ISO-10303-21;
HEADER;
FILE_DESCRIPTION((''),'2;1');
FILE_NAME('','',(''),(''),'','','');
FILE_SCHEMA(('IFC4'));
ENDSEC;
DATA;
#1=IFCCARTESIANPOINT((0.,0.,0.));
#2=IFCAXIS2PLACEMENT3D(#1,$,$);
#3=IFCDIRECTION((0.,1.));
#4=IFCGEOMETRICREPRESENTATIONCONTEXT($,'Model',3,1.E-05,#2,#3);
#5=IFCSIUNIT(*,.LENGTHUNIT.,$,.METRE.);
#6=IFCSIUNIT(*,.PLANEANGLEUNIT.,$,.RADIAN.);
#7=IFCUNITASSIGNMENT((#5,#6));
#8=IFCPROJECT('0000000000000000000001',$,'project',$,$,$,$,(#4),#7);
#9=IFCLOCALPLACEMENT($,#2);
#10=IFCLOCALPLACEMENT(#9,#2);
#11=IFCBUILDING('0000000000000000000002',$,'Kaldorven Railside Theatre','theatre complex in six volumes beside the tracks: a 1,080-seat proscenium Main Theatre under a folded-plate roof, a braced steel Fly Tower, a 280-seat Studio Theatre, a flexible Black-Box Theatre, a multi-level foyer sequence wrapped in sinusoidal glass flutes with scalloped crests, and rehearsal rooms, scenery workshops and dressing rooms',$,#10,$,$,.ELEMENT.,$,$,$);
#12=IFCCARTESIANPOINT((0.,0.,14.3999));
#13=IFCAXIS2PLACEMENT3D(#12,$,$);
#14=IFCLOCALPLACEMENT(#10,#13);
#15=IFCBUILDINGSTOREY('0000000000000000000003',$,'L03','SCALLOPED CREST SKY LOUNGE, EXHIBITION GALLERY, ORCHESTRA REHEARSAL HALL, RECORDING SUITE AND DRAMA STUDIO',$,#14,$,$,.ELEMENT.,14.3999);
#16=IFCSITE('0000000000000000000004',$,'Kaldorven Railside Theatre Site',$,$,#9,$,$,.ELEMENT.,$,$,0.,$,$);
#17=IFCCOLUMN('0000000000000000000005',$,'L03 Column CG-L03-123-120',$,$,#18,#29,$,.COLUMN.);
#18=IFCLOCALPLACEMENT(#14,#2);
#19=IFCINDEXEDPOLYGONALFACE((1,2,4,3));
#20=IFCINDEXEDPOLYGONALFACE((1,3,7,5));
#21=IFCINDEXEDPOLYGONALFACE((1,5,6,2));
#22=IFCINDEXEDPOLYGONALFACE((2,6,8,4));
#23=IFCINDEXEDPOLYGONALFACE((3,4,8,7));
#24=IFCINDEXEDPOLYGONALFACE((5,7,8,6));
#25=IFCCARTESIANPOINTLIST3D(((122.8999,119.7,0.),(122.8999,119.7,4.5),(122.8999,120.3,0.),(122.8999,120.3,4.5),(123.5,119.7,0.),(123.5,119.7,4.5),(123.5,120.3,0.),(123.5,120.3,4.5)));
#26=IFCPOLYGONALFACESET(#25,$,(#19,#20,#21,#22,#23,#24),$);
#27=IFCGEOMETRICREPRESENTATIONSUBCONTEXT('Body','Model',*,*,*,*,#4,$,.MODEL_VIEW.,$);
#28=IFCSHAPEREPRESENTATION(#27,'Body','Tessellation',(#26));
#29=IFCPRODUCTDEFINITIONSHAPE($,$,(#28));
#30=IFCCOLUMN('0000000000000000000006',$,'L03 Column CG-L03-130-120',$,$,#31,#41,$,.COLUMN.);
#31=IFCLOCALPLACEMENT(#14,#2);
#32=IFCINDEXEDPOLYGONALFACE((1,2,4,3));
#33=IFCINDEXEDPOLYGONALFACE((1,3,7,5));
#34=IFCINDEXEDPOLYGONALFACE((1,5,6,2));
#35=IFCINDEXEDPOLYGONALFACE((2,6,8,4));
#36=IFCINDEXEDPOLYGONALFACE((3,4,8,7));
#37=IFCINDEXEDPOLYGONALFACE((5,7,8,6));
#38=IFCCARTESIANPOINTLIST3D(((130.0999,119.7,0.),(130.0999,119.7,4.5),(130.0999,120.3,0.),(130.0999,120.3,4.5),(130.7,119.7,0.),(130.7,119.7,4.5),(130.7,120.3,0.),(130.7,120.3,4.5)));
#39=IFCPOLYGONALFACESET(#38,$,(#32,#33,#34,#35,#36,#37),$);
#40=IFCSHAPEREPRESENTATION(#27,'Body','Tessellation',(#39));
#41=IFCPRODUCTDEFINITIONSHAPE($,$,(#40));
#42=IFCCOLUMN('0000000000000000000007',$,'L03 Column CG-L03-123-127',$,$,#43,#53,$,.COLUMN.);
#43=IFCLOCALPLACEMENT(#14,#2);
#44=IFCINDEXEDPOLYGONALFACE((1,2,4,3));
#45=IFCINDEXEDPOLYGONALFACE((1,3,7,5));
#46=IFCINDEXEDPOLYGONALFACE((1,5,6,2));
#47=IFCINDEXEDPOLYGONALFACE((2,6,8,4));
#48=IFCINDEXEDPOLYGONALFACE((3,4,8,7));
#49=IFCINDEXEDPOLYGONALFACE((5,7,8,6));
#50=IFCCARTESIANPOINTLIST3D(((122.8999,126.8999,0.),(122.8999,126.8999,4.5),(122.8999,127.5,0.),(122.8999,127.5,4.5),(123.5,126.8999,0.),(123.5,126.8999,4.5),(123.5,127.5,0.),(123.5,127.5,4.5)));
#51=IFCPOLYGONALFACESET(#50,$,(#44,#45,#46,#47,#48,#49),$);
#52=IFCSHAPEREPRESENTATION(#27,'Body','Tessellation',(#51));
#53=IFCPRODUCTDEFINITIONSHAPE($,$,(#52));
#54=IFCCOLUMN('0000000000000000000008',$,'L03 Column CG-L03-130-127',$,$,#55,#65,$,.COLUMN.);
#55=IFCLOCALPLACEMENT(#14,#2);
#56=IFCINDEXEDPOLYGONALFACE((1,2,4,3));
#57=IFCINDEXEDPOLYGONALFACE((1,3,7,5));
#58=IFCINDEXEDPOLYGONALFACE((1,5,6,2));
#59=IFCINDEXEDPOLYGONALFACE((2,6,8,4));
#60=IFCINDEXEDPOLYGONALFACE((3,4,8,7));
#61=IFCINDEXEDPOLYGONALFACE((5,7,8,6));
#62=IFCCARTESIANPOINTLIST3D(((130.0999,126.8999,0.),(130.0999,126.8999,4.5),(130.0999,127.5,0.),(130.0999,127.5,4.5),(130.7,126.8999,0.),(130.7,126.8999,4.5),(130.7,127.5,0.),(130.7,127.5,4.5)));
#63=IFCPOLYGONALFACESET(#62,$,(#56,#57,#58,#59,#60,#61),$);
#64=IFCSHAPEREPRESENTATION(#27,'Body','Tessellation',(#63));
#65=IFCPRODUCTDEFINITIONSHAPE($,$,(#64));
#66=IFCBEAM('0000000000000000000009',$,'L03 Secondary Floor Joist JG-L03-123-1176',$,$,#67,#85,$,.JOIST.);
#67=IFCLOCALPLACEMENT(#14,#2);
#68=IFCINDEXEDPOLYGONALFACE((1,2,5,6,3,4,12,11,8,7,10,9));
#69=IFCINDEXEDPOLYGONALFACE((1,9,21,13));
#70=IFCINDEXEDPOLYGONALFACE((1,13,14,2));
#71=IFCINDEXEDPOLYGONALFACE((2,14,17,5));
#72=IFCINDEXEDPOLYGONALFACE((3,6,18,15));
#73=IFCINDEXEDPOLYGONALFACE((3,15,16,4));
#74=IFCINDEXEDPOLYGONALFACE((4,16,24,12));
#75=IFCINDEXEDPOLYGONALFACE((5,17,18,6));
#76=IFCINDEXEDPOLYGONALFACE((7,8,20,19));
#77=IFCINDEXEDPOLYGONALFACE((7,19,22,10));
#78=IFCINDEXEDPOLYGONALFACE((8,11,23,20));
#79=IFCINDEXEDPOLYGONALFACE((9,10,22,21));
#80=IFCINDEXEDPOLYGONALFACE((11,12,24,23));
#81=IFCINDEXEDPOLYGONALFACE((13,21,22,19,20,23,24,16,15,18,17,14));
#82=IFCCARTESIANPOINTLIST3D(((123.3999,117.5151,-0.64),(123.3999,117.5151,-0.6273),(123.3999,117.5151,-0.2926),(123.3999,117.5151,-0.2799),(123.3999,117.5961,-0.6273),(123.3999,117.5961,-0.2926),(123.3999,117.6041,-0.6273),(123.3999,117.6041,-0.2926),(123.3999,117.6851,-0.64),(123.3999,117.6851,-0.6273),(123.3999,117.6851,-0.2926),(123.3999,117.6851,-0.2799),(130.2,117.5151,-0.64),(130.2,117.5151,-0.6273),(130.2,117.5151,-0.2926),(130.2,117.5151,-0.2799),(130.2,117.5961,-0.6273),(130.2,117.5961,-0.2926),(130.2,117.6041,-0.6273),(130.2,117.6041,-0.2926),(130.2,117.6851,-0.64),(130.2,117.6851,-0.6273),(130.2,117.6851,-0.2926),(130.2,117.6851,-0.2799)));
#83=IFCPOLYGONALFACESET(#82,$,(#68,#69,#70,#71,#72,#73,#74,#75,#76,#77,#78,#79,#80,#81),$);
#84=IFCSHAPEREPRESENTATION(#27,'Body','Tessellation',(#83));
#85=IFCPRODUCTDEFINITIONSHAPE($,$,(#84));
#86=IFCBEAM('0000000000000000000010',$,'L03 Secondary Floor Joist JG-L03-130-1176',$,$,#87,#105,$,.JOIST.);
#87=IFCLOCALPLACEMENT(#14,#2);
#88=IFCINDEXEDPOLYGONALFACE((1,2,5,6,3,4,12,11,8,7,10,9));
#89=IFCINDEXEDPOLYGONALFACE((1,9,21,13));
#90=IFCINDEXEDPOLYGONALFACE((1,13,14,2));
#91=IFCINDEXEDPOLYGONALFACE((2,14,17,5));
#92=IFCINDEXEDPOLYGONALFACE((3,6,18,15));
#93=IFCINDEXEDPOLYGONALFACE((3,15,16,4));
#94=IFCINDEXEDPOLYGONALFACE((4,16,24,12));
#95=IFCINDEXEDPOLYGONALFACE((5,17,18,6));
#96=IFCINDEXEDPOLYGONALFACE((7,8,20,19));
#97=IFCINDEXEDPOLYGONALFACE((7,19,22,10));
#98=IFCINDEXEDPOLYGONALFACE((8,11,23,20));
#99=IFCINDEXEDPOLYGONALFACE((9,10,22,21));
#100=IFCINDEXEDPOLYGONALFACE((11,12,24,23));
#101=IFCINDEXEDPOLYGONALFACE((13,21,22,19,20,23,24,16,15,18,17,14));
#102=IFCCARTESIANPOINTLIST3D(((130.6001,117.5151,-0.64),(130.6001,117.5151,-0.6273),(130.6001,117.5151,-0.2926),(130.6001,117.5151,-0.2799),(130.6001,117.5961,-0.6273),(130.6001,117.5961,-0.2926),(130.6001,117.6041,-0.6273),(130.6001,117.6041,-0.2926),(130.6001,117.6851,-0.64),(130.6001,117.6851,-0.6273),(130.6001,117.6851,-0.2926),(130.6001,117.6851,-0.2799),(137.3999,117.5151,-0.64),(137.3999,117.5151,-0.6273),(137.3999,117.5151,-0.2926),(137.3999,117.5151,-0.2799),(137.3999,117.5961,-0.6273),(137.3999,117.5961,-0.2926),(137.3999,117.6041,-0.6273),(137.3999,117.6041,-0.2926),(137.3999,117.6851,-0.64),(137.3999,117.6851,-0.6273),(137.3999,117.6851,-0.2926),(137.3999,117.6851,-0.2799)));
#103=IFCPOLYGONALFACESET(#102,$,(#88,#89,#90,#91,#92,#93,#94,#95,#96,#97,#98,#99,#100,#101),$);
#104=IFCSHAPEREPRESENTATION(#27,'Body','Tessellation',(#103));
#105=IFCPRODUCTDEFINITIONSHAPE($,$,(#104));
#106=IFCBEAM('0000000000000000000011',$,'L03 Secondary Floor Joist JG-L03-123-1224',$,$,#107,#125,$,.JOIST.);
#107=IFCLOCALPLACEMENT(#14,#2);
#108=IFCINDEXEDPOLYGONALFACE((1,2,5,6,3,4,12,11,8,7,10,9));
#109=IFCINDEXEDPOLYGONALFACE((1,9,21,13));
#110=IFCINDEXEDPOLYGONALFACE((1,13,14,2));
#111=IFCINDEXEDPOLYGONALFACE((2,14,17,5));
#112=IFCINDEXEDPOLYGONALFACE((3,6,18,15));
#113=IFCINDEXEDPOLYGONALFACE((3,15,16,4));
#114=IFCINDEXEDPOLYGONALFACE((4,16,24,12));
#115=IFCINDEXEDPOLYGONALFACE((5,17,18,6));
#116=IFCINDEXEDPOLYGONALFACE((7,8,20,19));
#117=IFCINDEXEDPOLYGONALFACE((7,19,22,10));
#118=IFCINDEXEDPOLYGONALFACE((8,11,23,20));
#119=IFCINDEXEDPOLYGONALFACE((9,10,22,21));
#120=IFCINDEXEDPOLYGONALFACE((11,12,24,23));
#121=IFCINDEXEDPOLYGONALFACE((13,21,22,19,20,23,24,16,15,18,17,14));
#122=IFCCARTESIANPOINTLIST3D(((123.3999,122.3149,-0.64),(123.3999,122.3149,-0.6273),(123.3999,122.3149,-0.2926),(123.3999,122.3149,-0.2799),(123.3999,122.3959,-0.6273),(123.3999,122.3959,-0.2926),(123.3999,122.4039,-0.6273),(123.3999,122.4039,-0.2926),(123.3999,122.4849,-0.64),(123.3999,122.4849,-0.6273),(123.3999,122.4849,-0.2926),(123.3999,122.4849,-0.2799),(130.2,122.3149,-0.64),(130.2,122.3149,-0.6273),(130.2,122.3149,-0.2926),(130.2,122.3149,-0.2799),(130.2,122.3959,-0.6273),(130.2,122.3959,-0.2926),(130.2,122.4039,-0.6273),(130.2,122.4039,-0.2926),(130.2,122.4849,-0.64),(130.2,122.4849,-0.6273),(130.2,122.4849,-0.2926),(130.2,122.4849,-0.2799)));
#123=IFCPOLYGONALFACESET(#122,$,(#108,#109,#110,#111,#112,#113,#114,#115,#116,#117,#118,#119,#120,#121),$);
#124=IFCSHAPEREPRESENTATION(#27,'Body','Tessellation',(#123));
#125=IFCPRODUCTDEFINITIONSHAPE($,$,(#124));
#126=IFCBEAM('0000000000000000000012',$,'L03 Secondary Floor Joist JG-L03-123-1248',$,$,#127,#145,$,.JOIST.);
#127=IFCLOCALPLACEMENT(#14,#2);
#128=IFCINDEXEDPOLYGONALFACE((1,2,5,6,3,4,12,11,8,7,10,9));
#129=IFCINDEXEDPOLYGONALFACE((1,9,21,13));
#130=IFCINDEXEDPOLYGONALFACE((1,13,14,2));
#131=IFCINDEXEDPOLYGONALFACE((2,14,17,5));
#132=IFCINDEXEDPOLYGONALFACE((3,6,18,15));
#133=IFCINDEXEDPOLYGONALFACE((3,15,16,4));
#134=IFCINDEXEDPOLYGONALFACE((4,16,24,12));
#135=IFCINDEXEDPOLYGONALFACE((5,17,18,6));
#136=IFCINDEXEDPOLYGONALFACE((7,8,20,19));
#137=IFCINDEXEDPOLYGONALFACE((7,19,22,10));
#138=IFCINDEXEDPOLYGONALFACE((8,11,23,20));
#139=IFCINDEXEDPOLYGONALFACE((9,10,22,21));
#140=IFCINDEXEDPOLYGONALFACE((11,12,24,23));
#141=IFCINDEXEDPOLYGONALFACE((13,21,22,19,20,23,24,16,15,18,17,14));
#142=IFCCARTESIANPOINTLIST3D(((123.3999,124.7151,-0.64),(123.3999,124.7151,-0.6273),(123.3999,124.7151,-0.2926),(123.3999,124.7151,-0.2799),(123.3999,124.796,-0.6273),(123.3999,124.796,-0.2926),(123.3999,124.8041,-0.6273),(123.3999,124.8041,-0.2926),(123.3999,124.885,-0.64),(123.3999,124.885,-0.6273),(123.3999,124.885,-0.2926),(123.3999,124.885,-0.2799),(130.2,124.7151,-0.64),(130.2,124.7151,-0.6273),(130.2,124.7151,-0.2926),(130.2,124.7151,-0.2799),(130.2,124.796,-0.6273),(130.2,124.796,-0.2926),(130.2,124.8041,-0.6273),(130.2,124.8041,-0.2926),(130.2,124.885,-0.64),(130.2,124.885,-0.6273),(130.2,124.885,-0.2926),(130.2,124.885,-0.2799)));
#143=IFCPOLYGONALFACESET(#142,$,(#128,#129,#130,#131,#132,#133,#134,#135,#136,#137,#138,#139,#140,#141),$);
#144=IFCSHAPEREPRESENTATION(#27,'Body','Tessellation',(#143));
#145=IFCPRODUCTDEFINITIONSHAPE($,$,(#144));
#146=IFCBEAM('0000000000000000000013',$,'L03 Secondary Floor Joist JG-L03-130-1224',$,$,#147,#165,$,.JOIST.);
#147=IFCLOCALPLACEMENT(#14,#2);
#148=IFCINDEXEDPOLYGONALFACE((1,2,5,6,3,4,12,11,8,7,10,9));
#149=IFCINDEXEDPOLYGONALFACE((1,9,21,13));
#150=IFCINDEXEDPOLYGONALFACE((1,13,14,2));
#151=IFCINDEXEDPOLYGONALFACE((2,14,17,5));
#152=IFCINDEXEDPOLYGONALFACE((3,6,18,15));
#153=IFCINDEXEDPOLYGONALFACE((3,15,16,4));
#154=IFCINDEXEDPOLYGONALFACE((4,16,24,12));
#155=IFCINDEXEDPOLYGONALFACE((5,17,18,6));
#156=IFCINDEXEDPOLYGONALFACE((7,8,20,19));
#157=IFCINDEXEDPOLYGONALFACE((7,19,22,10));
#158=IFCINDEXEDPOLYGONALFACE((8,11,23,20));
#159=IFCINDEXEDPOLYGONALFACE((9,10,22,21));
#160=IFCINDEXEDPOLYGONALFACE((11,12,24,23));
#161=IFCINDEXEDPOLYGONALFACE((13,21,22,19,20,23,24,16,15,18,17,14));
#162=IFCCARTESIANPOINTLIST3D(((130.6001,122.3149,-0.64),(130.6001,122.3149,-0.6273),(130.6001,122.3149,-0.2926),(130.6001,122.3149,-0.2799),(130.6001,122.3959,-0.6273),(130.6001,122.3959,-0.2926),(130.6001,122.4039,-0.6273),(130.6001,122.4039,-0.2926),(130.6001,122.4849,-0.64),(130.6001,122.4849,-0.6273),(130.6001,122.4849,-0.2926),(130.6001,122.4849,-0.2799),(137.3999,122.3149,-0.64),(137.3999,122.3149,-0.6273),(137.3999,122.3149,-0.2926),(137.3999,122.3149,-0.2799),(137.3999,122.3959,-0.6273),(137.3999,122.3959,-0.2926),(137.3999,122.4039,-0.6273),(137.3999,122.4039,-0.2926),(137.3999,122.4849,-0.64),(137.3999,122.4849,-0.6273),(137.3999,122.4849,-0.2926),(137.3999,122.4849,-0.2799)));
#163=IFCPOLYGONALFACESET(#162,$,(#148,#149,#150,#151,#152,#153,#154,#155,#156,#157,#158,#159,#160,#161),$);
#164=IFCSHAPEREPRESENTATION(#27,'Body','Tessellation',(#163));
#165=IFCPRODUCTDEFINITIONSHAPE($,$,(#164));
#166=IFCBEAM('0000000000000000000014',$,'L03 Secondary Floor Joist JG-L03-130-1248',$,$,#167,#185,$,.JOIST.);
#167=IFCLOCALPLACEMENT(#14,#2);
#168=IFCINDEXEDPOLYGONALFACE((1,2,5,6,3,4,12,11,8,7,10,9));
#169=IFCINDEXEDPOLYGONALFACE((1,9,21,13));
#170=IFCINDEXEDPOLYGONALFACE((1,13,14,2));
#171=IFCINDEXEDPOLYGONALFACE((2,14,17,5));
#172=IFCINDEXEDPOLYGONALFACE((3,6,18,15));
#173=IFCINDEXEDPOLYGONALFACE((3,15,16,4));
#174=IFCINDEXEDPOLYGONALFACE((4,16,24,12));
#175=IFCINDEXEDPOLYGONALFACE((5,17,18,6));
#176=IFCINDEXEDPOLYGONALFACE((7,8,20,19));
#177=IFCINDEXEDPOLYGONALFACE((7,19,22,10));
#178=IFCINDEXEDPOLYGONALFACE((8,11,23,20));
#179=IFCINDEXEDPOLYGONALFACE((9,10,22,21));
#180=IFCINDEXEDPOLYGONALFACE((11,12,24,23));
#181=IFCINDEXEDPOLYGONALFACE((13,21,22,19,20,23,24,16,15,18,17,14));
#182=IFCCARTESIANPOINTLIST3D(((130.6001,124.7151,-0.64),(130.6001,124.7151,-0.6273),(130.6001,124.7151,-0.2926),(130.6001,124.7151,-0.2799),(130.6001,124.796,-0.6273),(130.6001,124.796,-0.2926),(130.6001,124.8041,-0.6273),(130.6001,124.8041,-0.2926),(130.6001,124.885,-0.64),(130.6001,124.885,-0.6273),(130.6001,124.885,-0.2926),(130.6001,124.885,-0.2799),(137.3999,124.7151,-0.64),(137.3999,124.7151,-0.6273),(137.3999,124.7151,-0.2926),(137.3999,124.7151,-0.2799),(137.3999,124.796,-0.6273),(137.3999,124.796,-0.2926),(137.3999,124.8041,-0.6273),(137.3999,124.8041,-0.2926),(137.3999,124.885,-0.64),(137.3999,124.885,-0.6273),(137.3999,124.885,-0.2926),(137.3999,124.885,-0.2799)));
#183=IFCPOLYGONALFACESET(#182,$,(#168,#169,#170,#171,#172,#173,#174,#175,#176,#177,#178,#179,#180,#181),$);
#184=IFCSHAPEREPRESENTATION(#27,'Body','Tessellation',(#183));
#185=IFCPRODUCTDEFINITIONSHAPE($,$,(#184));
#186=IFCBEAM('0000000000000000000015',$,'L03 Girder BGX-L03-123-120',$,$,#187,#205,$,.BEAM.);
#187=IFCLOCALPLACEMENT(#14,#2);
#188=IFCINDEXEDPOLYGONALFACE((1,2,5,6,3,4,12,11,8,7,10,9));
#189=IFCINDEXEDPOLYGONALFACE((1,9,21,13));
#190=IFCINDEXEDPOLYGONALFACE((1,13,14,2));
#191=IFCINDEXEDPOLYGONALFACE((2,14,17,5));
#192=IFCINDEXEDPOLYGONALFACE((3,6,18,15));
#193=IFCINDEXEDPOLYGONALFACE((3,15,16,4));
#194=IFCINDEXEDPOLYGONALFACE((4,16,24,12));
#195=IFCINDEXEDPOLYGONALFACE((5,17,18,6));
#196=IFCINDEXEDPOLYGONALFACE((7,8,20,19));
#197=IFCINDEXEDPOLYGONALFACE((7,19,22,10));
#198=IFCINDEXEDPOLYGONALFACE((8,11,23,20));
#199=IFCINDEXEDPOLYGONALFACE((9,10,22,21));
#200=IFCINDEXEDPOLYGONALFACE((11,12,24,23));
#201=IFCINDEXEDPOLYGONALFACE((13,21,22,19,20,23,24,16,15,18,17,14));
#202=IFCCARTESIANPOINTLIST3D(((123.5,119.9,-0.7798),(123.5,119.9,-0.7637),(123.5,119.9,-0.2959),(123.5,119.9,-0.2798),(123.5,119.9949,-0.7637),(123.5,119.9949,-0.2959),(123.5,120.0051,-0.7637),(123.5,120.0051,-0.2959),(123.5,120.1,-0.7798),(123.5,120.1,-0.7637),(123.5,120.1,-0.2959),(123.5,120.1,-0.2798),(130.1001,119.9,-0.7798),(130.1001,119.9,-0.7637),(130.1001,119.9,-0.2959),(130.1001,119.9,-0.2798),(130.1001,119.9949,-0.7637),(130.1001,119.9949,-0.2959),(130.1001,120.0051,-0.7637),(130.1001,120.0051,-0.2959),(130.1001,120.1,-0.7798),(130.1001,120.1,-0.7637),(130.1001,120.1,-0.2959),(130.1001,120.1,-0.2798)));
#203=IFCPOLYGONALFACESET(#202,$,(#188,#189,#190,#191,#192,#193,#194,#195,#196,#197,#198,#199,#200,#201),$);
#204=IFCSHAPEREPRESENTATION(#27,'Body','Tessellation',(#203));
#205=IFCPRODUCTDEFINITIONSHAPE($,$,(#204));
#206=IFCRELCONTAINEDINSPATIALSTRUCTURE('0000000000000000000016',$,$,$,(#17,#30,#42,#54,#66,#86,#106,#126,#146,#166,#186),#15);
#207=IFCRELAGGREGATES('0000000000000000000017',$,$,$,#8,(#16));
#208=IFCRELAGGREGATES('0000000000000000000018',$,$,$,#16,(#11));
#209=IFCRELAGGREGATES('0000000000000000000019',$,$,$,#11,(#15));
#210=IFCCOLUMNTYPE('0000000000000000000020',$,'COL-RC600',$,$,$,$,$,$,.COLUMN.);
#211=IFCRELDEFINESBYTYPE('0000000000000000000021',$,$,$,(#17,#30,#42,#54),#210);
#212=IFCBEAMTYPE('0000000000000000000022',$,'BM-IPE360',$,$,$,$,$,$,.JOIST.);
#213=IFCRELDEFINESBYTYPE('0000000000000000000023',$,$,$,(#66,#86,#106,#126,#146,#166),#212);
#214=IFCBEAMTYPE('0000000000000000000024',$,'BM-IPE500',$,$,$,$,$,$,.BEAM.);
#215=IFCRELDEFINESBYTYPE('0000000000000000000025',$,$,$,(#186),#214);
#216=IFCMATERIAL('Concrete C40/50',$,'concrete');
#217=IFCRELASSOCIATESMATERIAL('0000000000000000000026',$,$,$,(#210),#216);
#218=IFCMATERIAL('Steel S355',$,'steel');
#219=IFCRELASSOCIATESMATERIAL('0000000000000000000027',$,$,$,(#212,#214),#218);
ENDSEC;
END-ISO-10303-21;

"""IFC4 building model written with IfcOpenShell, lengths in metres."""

from ifc_helpers import new_model, si_unit, direction, frame, origin, origin_2d, place, context, subcontext, project, spatial, rectangle, i_section, extrude, material, material_profile, profile_set, type_object, element, save


model = new_model("IFC4")

# Units and contexts
model_context = context("Model", 3, precision=1e-05, world=origin(), true_north=direction((0.0, 1.0)))
body_context = subcontext(model_context, "Body", "Model", "MODEL_VIEW")
ifc_project = project(units=[si_unit("LENGTHUNIT", "METRE"), si_unit("PLANEANGLEUNIT", "RADIAN")], contexts=[model_context])

# Site, building, storey
site_placement = place(None, origin())
site = spatial("IfcSite", under=ifc_project, at=site_placement, Name="Kaldorven Railside Theatre Site", CompositionType="ELEMENT", RefElevation=0.0)
building_placement = place(site_placement, origin())
building = spatial("IfcBuilding", under=site, at=building_placement, Name="Kaldorven Railside Theatre", Description="theatre complex in six volumes beside the tracks: a 1,080-seat proscenium Main Theatre under a folded-plate roof, a braced steel Fly Tower, a 280-seat Studio Theatre, a flexible Black-Box Theatre, a multi-level foyer sequence wrapped in sinusoidal glass flutes with scalloped crests, and rehearsal rooms, scenery workshops and dressing rooms", CompositionType="ELEMENT")
storey_placement = place(building_placement, frame((0.0, 0.0, 14.3999)))
storey = spatial("IfcBuildingStorey", under=building, at=storey_placement, Name="L03", Description="SCALLOPED CREST SKY LOUNGE, EXHIBITION GALLERY, ORCHESTRA REHEARSAL HALL, RECORDING SUITE AND DRAMA STUDIO", CompositionType="ELEMENT", Elevation=14.3999)

# Columns
ifc_material_1 = material(Name="Concrete C40/50", Category="concrete")
ifc_material_profile_1 = material_profile(ifc_material_1, rectangle(XDim=0.6001, YDim=0.6001, at=origin_2d()), Name="RC 600x600")
ifc_profile_set_1 = profile_set([ifc_material_profile_1], Name="Concrete C40/50")
column_type = type_object("IfcColumnType", Name="COL-RC600", PredefinedType="COLUMN", material=ifc_profile_set_1)
for number, where, z_axis, x_axis, name in (
    (1, (123.2, 120.0, 0.0), (0.0, 0.0, 1.0), (0.0, 1.0, 0.0), "L03 Column CG-L03-123-120"),
    (2, (130.3999, 120.0, 0.0), (0.0, 0.0, 1.0), (1.0, 0.0, 0.0), "L03 Column CG-L03-130-120"),
    (3, (123.2, 127.2, 0.0), (0.0, 0.0, 1.0), (1.0, 0.0, 0.0), "L03 Column CG-L03-123-127"),
    (4, (130.3999, 127.2, 0.0), (0.0, 0.0, 1.0), (0.0, 1.0, 0.0), "L03 Column CG-L03-130-127"),
):
    element("IfcColumn", number, at=place(storey_placement, frame(where, z_axis=z_axis, x_axis=x_axis)), inside=storey, type_object=column_type, Name=name, PredefinedType="COLUMN", context=body_context, shape_type="SweptSolid", body=[
        extrude(rectangle(XDim=0.6001, YDim=0.6001, at=origin_2d()), origin(), (0.0, 0.0, 1.0), 4.5),
    ])

# Beams
ifc_material_2 = material(Name="Steel S355", Category="steel")
ifc_material_profile_2 = material_profile(ifc_material_2, i_section(OverallWidth=0.1699, OverallDepth=0.3601, WebThickness=0.0081, FlangeThickness=0.0127, at=origin_2d()), Name="IPE 360")
ifc_profile_set_2 = profile_set([ifc_material_profile_2], Name="Steel S355")
beam_type_1 = type_object("IfcBeamType", Name="BM-IPE360", PredefinedType="JOIST", material=ifc_profile_set_2)
beam_1_placement = place(storey_placement, frame((123.3999, 117.6001, -0.46), z_axis=(1.0, 0.0, 0.0), x_axis=(0.0, 1.0, 0.0)))
element("IfcBeam", 5, at=beam_1_placement, inside=storey, type_object=beam_type_1, Name="L03 Secondary Floor Joist JG-L03-123-1176", PredefinedType="JOIST", context=body_context, shape_type="SweptSolid", body=[
    extrude(i_section(OverallWidth=0.1699, OverallDepth=0.3601, WebThickness=0.0081, FlangeThickness=0.0127, at=origin_2d()), origin(), (0.0, 0.0, 1.0), 6.8),
])
beam_2_placement = place(storey_placement, frame((130.6001, 117.6001, -0.46), z_axis=(1.0, 0.0, 0.0), x_axis=(0.0, 1.0, 0.0)))
element("IfcBeam", 6, at=beam_2_placement, inside=storey, type_object=beam_type_1, Name="L03 Secondary Floor Joist JG-L03-130-1176", PredefinedType="JOIST", context=body_context, shape_type="SweptSolid", body=[
    extrude(i_section(OverallWidth=0.1699, OverallDepth=0.3601, WebThickness=0.0081, FlangeThickness=0.0127, at=origin_2d()), origin(), (0.0, 0.0, 1.0), 6.7998),
])
for number, where, z_axis, x_axis, name in (
    (7, (123.3999, 122.3999, -0.46), (1.0, 0.0, 0.0), (0.0, 1.0, 0.0), "L03 Secondary Floor Joist JG-L03-123-1224"),
    (8, (123.3999, 124.8, -0.46), (1.0, 0.0, 0.0), (0.0, 1.0, 0.0), "L03 Secondary Floor Joist JG-L03-123-1248"),
):
    element("IfcBeam", number, at=place(storey_placement, frame(where, z_axis=z_axis, x_axis=x_axis)), inside=storey, type_object=beam_type_1, Name=name, PredefinedType="JOIST", context=body_context, shape_type="SweptSolid", body=[
        extrude(i_section(OverallWidth=0.1699, OverallDepth=0.3601, WebThickness=0.0081, FlangeThickness=0.0127, at=origin_2d()), origin(), (0.0, 0.0, 1.0), 6.8),
    ])
for number, where, z_axis, x_axis, name in (
    (9, (130.6001, 122.3999, -0.46), (1.0, 0.0, 0.0), (0.0, 1.0, 0.0), "L03 Secondary Floor Joist JG-L03-130-1224"),
    (10, (130.6001, 124.8, -0.46), (1.0, 0.0, 0.0), (0.0, 1.0, 0.0), "L03 Secondary Floor Joist JG-L03-130-1248"),
):
    element("IfcBeam", number, at=place(storey_placement, frame(where, z_axis=z_axis, x_axis=x_axis)), inside=storey, type_object=beam_type_1, Name=name, PredefinedType="JOIST", context=body_context, shape_type="SweptSolid", body=[
        extrude(i_section(OverallWidth=0.1699, OverallDepth=0.3601, WebThickness=0.0081, FlangeThickness=0.0127, at=origin_2d()), origin(), (0.0, 0.0, 1.0), 6.7998),
    ])
ifc_material_profile_3 = material_profile(ifc_material_2, i_section(OverallWidth=0.2, OverallDepth=0.5, WebThickness=0.0103, FlangeThickness=0.0161, at=origin_2d()), Name="IPE 500")
ifc_profile_set_3 = profile_set([ifc_material_profile_3], Name="Steel S355")
beam_type_2 = type_object("IfcBeamType", Name="BM-IPE500", PredefinedType="BEAM", material=ifc_profile_set_3)
for number, where, z_axis, x_axis, name in (
    (11, (123.5, 120.0, -0.5298), (1.0, 0.0, 0.0), (0.0, 1.0, 0.0), "L03 Girder BGX-L03-123-120"),
):
    element("IfcBeam", number, at=place(storey_placement, frame(where, z_axis=z_axis, x_axis=x_axis)), inside=storey, type_object=beam_type_2, Name=name, PredefinedType="BEAM", context=body_context, shape_type="SweptSolid", body=[
        extrude(i_section(OverallWidth=0.2, OverallDepth=0.5, WebThickness=0.0103, FlangeThickness=0.0161, at=origin_2d()), origin(), (0.0, 0.0, 1.0), 6.6001),
    ])

save(model, "model.ifc")
